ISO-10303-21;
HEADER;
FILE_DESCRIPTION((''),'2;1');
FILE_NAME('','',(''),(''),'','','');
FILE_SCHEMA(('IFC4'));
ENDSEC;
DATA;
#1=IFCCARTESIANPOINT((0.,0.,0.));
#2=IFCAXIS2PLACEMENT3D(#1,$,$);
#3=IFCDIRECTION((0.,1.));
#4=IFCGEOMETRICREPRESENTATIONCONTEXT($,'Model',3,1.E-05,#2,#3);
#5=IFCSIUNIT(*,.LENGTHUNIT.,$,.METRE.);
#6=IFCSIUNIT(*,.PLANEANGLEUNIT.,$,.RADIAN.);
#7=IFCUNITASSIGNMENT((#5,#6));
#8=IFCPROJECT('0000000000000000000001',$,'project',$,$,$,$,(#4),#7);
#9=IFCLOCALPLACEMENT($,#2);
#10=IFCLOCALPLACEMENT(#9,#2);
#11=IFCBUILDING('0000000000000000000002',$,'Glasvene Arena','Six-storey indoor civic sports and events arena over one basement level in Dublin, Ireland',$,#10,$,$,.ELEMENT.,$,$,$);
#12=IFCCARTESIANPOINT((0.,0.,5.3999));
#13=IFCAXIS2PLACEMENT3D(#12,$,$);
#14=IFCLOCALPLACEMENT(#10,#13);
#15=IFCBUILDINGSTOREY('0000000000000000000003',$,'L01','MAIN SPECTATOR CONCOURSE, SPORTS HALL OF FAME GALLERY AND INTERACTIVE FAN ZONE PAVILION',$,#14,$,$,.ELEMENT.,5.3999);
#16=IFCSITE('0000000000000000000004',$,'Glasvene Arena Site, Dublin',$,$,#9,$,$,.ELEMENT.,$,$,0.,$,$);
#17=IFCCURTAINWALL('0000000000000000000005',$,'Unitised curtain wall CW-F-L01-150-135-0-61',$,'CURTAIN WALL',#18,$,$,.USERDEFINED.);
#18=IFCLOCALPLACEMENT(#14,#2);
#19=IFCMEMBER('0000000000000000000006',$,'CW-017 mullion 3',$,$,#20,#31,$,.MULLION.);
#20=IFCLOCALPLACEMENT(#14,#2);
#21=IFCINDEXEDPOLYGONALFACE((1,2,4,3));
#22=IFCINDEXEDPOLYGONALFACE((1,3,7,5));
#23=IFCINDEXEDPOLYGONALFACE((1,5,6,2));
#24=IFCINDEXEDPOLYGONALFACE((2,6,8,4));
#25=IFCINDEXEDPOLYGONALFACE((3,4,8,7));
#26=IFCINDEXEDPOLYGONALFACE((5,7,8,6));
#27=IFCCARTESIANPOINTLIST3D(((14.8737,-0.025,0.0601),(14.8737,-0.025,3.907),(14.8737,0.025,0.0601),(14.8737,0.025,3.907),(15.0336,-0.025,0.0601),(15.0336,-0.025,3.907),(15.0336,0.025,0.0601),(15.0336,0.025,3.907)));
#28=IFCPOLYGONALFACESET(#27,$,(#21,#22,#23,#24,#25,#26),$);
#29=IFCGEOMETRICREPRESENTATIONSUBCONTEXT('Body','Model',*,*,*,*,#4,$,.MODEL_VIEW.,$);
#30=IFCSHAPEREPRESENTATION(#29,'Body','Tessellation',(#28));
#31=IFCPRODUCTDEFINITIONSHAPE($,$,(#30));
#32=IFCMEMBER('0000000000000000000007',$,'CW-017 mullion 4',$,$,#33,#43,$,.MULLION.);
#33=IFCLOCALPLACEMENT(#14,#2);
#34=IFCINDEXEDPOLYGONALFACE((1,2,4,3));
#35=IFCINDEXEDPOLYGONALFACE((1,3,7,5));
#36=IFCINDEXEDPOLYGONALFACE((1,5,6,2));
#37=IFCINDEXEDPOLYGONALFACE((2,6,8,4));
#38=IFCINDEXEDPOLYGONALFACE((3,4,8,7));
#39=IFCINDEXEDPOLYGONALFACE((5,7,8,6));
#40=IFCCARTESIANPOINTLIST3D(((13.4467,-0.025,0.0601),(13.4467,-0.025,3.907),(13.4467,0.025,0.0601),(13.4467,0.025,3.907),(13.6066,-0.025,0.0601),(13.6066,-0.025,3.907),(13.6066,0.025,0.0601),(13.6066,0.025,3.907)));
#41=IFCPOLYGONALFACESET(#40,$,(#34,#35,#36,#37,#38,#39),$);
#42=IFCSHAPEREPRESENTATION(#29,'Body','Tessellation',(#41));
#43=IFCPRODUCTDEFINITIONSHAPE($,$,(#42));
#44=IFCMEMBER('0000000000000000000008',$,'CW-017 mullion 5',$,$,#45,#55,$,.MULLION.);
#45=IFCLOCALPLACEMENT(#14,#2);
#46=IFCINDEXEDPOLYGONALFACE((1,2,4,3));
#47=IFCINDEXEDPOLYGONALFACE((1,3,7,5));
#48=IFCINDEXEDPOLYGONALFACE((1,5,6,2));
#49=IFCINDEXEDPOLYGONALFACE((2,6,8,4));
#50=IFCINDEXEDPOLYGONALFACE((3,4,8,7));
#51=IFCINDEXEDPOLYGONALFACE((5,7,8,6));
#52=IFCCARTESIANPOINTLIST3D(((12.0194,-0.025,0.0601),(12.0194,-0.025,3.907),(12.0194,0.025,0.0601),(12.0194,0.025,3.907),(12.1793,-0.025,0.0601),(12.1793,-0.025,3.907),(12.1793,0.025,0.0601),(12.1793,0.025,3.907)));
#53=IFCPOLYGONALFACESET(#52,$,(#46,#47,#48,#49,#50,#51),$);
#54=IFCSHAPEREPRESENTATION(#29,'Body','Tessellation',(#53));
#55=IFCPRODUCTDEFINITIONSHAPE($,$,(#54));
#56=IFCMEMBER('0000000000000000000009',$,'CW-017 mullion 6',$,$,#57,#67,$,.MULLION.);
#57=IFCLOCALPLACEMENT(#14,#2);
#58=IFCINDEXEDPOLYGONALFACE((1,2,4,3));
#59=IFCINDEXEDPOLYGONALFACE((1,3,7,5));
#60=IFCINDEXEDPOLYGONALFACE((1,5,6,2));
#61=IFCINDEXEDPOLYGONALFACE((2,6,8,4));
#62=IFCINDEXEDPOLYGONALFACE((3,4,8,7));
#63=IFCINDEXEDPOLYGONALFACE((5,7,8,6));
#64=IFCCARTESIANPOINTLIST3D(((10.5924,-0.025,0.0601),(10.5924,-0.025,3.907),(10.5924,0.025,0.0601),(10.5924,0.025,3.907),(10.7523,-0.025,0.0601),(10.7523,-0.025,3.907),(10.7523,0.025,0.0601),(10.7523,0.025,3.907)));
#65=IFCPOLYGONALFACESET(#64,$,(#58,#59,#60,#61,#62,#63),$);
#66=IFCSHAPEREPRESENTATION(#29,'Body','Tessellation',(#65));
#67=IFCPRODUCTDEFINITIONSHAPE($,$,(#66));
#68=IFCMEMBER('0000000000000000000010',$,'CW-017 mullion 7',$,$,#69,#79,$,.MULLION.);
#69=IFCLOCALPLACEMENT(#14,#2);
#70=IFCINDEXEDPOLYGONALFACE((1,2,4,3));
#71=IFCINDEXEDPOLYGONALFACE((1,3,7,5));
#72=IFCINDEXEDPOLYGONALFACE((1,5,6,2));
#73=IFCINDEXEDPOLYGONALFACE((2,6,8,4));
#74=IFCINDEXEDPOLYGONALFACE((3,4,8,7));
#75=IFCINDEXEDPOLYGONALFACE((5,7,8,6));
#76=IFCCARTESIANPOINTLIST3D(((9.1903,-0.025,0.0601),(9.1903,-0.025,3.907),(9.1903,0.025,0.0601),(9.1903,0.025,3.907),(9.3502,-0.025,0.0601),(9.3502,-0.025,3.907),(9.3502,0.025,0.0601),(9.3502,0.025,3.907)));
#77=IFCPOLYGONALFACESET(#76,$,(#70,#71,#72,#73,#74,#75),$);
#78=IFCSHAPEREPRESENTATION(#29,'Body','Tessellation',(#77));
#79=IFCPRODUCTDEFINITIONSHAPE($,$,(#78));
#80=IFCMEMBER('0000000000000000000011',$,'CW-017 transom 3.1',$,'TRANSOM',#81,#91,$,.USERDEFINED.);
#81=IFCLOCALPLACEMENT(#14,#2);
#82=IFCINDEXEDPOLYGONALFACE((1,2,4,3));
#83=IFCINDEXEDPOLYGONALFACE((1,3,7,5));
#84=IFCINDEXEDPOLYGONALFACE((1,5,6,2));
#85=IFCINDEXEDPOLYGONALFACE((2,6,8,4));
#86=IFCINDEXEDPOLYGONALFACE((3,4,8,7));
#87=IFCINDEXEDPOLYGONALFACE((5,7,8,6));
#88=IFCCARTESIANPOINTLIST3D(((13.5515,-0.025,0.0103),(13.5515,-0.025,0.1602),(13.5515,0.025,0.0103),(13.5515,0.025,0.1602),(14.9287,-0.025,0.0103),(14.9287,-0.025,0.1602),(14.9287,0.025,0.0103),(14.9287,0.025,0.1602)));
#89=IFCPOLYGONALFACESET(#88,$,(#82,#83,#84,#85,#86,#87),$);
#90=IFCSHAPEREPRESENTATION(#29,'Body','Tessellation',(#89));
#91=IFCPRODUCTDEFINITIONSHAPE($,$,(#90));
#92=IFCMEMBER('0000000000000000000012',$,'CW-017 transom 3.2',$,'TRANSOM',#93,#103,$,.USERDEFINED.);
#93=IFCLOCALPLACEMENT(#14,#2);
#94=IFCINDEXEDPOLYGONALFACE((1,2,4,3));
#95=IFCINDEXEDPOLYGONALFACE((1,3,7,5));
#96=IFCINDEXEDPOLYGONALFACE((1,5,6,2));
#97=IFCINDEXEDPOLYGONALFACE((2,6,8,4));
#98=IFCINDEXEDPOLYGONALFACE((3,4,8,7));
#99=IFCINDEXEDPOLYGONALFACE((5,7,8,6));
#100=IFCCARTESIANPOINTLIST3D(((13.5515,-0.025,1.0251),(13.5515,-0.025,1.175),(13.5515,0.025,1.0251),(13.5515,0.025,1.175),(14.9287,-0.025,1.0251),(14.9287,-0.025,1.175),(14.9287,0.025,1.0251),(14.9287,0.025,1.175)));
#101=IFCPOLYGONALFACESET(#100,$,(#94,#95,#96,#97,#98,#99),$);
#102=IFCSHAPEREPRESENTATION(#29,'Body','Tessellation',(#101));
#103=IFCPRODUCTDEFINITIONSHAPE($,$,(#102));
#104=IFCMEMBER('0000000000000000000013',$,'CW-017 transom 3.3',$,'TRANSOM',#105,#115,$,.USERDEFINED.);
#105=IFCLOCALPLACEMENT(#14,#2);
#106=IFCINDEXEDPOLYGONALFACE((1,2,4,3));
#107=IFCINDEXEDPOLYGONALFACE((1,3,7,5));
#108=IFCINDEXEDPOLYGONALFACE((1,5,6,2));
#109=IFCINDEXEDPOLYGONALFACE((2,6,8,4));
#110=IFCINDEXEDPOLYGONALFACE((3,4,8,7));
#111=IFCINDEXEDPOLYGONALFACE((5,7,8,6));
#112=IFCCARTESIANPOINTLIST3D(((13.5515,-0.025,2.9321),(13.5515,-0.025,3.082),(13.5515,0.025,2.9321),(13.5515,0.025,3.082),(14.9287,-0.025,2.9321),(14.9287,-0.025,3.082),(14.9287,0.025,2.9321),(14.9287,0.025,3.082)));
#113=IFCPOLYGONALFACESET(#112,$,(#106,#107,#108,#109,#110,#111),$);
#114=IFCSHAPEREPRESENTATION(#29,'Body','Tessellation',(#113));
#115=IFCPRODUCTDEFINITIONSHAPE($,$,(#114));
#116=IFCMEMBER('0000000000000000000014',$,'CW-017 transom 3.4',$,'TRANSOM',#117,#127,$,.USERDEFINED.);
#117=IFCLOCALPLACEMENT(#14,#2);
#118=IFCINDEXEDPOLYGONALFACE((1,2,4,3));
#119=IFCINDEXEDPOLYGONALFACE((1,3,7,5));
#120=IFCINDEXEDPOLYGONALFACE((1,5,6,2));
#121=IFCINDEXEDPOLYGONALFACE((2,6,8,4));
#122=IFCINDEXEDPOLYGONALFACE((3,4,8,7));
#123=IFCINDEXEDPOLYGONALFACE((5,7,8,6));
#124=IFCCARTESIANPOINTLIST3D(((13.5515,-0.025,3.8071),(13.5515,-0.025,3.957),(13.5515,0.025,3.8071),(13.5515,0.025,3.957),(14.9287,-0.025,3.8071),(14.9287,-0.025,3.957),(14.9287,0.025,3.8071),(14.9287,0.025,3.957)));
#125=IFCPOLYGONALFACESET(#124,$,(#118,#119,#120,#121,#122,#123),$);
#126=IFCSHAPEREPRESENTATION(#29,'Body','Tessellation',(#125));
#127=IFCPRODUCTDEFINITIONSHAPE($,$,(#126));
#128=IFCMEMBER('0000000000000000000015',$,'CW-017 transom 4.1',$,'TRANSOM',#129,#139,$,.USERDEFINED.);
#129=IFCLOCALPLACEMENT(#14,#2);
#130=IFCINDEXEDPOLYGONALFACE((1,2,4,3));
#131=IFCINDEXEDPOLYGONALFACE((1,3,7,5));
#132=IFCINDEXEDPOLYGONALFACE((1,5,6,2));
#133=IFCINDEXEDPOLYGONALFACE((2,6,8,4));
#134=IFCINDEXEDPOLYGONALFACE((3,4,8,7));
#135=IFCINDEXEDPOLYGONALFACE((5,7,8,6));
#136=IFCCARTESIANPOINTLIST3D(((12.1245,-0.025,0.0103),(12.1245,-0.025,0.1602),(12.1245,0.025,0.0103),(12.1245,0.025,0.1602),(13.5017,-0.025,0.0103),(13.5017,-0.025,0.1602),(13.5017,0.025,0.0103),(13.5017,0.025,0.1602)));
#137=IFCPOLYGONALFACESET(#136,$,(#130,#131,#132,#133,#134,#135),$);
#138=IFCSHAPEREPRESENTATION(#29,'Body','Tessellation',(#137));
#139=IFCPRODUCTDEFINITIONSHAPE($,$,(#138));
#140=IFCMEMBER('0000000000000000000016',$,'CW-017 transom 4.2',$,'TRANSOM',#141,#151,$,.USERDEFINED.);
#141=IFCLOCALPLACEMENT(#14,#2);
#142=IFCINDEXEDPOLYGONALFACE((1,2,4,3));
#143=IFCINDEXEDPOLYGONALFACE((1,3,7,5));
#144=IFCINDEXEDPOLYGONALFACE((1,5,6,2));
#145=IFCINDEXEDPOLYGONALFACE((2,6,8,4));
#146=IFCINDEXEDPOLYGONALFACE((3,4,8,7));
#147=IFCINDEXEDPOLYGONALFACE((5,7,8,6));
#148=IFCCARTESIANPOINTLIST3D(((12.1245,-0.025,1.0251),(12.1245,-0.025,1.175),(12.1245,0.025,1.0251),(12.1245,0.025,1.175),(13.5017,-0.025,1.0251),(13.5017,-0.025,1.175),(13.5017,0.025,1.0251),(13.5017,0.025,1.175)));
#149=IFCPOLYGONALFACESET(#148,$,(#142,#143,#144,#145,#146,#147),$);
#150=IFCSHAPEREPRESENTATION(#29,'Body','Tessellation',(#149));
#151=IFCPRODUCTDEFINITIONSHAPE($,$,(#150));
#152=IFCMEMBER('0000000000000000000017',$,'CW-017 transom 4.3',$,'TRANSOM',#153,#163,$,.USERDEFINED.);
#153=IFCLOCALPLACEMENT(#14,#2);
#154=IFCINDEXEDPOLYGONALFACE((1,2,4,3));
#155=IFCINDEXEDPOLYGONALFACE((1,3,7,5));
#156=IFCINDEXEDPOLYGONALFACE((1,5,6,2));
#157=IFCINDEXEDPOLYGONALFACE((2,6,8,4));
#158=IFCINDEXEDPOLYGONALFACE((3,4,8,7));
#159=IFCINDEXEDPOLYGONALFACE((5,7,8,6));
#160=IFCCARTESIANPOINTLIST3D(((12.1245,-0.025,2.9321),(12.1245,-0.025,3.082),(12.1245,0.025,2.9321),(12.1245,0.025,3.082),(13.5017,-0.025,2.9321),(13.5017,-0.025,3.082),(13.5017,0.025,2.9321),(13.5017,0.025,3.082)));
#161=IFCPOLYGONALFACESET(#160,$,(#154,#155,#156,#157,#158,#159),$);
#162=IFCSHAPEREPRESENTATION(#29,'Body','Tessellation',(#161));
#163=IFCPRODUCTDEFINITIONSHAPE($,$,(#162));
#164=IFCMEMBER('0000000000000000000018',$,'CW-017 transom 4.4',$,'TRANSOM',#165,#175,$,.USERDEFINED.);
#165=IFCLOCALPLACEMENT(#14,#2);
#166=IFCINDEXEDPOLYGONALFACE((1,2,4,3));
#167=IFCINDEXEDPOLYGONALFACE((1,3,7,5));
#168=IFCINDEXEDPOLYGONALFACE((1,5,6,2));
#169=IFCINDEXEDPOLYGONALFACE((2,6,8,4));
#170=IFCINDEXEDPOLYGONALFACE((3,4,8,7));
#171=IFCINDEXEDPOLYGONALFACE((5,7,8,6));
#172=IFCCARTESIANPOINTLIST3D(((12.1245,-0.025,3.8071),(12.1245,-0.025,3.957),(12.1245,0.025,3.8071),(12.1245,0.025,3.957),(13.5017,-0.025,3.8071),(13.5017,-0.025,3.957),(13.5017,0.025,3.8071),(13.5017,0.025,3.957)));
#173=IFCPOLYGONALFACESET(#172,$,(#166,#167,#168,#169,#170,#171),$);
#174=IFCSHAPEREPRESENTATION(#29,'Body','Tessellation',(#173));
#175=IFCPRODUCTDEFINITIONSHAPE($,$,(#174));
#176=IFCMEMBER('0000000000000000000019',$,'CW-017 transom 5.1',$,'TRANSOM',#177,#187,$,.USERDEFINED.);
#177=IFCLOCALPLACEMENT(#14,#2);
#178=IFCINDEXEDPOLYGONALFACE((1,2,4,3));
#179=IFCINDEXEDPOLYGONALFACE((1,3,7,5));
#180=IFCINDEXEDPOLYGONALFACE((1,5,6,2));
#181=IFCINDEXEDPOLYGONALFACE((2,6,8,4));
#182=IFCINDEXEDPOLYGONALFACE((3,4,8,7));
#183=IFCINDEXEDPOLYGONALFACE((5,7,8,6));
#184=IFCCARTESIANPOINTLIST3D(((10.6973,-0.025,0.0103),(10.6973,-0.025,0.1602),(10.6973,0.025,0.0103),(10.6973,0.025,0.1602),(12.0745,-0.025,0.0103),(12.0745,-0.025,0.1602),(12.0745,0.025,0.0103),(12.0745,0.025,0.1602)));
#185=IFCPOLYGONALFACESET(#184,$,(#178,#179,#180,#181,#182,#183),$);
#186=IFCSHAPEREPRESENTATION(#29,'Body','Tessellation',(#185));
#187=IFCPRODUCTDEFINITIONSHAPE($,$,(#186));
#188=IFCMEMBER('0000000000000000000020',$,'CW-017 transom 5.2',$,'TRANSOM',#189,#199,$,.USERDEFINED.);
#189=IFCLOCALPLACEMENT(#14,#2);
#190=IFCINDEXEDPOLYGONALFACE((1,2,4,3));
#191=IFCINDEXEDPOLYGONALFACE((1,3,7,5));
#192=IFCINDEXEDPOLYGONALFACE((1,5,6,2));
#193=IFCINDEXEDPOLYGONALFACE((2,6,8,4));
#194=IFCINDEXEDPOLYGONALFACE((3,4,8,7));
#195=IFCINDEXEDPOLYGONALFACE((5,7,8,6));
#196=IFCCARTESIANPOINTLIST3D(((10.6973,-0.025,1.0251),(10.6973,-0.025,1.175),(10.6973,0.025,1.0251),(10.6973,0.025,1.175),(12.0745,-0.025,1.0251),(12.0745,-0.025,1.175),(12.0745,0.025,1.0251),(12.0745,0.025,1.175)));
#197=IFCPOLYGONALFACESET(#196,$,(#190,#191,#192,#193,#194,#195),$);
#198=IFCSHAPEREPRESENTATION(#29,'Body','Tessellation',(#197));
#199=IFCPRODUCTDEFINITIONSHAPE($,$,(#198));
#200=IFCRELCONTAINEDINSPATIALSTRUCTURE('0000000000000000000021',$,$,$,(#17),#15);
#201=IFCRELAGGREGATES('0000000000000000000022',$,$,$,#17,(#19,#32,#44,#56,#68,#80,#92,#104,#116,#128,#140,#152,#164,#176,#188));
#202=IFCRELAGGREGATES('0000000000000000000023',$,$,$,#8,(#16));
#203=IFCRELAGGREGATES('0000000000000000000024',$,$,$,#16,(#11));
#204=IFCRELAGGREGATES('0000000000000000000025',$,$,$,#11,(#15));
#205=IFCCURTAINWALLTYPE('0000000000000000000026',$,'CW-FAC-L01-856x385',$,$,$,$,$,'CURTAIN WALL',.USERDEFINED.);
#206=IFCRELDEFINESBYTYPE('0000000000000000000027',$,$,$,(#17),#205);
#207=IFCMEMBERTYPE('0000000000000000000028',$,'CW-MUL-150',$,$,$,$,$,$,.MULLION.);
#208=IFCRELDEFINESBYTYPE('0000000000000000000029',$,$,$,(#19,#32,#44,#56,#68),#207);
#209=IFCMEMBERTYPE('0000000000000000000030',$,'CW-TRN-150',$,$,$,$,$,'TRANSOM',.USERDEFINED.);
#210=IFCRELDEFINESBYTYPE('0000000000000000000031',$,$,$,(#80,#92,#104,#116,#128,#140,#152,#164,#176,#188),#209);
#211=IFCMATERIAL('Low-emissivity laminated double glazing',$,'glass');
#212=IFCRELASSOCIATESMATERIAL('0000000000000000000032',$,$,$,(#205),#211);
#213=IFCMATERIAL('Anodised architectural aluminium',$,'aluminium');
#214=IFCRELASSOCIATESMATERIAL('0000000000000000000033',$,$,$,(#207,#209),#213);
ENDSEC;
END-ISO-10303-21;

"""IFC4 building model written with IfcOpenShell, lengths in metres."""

from ifc_helpers import new_model, si_unit, direction, frame, origin, origin_2d, place, context, subcontext, project, spatial, rectangle, extrude, material, material_profile, profile_set, type_object, element, aggregate, save


model = new_model("IFC4")

# Units and contexts
model_context = context("Model", 3, precision=1e-05, world=origin(), true_north=direction((0.0, 1.0)))
body_context = subcontext(model_context, "Body", "Model", "MODEL_VIEW")
ifc_project = project(units=[si_unit("LENGTHUNIT", "METRE"), si_unit("PLANEANGLEUNIT", "RADIAN")], contexts=[model_context])

# Site, building, storey
site_placement = place(None, origin())
site = spatial("IfcSite", under=ifc_project, at=site_placement, Name="Glasvene Arena Site, Dublin", CompositionType="ELEMENT", RefElevation=0.0)
building_placement = place(site_placement, origin())
building = spatial("IfcBuilding", under=site, at=building_placement, Name="Glasvene Arena", Description="Six-storey indoor civic sports and events arena over one basement level in Dublin, Ireland", CompositionType="ELEMENT")
storey_placement = place(building_placement, frame((0.0, 0.0, 5.3999)))
storey = spatial("IfcBuildingStorey", under=building, at=storey_placement, Name="L01", Description="MAIN SPECTATOR CONCOURSE, SPORTS HALL OF FAME GALLERY AND INTERACTIVE FAN ZONE PAVILION", CompositionType="ELEMENT", Elevation=5.3999)

# Curtain wall, members
ifc_material_1 = material(Name="Low-emissivity laminated double glazing", Category="glass")
curtain_wall_type = type_object("IfcCurtainWallType", Name="CW-FAC-L01-856x385", ElementType="CURTAIN WALL", PredefinedType="USERDEFINED", material=ifc_material_1)
curtain_wall_placement = place(storey_placement, frame((17.8081, 0.0, 0.0)))
curtain_wall = element("IfcCurtainWall", 1, at=curtain_wall_placement, inside=storey, type_object=curtain_wall_type, Name="Unitised curtain wall CW-F-L01-150-135-0-61", ObjectType="CURTAIN WALL", PredefinedType="USERDEFINED")
ifc_material_2 = material(Name="Anodised architectural aluminium", Category="aluminium")
ifc_material_profile_1 = material_profile(ifc_material_2, rectangle(XDim=0.05, YDim=0.1599, at=origin_2d()), Name="ALU MULLION 50x160")
ifc_profile_set_1 = profile_set([ifc_material_profile_1], Name="Anodised architectural aluminium")
member_type_1 = type_object("IfcMemberType", Name="CW-MUL-150", PredefinedType="MULLION", material=ifc_profile_set_1)
member_1_placement = place(storey_placement, frame((14.9536, 0.0, 0.0601), z_axis=(0.0, 0.0, 1.0), x_axis=(0.0, -1.0, 0.0)))
member_1 = element("IfcMember", 2, at=member_1_placement, type_object=member_type_1, Name="CW-017 mullion 3", PredefinedType="MULLION", context=body_context, shape_type="SweptSolid", body=[
    extrude(rectangle(XDim=0.05, YDim=0.1599, at=origin_2d()), origin(), (0.0, 0.0, 1.0), 3.8469),
])
member_2_placement = place(storey_placement, frame((13.5266, 0.0, 0.0601), z_axis=(0.0, 0.0, 1.0), x_axis=(0.0, -1.0, 0.0)))
member_2 = element("IfcMember", 3, at=member_2_placement, type_object=member_type_1, Name="CW-017 mullion 4", PredefinedType="MULLION", context=body_context, shape_type="SweptSolid", body=[
    extrude(rectangle(XDim=0.05, YDim=0.1599, at=origin_2d()), origin(), (0.0, 0.0, 1.0), 3.8469),
])
member_3_placement = place(storey_placement, frame((12.0994, 0.0, 0.0601), z_axis=(0.0, 0.0, 1.0), x_axis=(0.0, -1.0, 0.0)))
member_3 = element("IfcMember", 4, at=member_3_placement, type_object=member_type_1, Name="CW-017 mullion 5", PredefinedType="MULLION", context=body_context, shape_type="SweptSolid", body=[
    extrude(rectangle(XDim=0.05, YDim=0.1599, at=origin_2d()), origin(), (0.0, 0.0, 1.0), 3.8469),
])
member_4_placement = place(storey_placement, frame((10.6724, 0.0, 0.0601), z_axis=(0.0, 0.0, 1.0), x_axis=(0.0, -1.0, 0.0)))
member_4 = element("IfcMember", 5, at=member_4_placement, type_object=member_type_1, Name="CW-017 mullion 6", PredefinedType="MULLION", context=body_context, shape_type="SweptSolid", body=[
    extrude(rectangle(XDim=0.05, YDim=0.1599, at=origin_2d()), origin(), (0.0, 0.0, 1.0), 3.8469),
])
member_5_placement = place(storey_placement, frame((9.2703, 0.0, 0.0601), z_axis=(0.0, 0.0, 1.0), x_axis=(0.0, -1.0, 0.0)))
member_5 = element("IfcMember", 6, at=member_5_placement, type_object=member_type_1, Name="CW-017 mullion 7", PredefinedType="MULLION", context=body_context, shape_type="SweptSolid", body=[
    extrude(rectangle(XDim=0.05, YDim=0.1599, at=origin_2d()), origin(), (0.0, 0.0, 1.0), 3.8469),
])
ifc_material_profile_2 = material_profile(ifc_material_2, rectangle(XDim=0.05, YDim=0.1499, at=origin_2d()), Name="ALU TRANSOM 50x150")
ifc_profile_set_2 = profile_set([ifc_material_profile_2], Name="Anodised architectural aluminium")
member_type_2 = type_object("IfcMemberType", Name="CW-TRN-150", ElementType="TRANSOM", PredefinedType="USERDEFINED", material=ifc_profile_set_2)
member_6_placement = place(storey_placement, frame((14.9287, 0.0, 0.0852), z_axis=(-1.0, 0.0, 0.0), x_axis=(0.0, -1.0, 0.0)))
member_6 = element("IfcMember", 7, at=member_6_placement, type_object=member_type_2, Name="CW-017 transom 3.1", ObjectType="TRANSOM", PredefinedType="USERDEFINED", context=body_context, shape_type="SweptSolid", body=[
    extrude(rectangle(XDim=0.05, YDim=0.1499, at=origin_2d()), origin(), (0.0, 0.0, 1.0), 1.3772),
])
member_7_placement = place(storey_placement, frame((14.9287, 0.0, 1.1001), z_axis=(-1.0, 0.0, 0.0), x_axis=(0.0, -1.0, 0.0)))
member_7 = element("IfcMember", 8, at=member_7_placement, type_object=member_type_2, Name="CW-017 transom 3.2", ObjectType="TRANSOM", PredefinedType="USERDEFINED", context=body_context, shape_type="SweptSolid", body=[
    extrude(rectangle(XDim=0.05, YDim=0.1499, at=origin_2d()), origin(), (0.0, 0.0, 1.0), 1.3772),
])
member_8_placement = place(storey_placement, frame((14.9287, 0.0, 3.0071), z_axis=(-1.0, 0.0, 0.0), x_axis=(0.0, -1.0, 0.0)))
member_8 = element("IfcMember", 9, at=member_8_placement, type_object=member_type_2, Name="CW-017 transom 3.3", ObjectType="TRANSOM", PredefinedType="USERDEFINED", context=body_context, shape_type="SweptSolid", body=[
    extrude(rectangle(XDim=0.05, YDim=0.1499, at=origin_2d()), origin(), (0.0, 0.0, 1.0), 1.3772),
])
member_9_placement = place(storey_placement, frame((14.9287, 0.0, 3.8821), z_axis=(-1.0, 0.0, 0.0), x_axis=(0.0, -1.0, 0.0)))
member_9 = element("IfcMember", 10, at=member_9_placement, type_object=member_type_2, Name="CW-017 transom 3.4", ObjectType="TRANSOM", PredefinedType="USERDEFINED", context=body_context, shape_type="SweptSolid", body=[
    extrude(rectangle(XDim=0.05, YDim=0.1499, at=origin_2d()), origin(), (0.0, 0.0, 1.0), 1.3772),
])
member_10_placement = place(storey_placement, frame((13.5017, 0.0, 0.0852), z_axis=(-1.0, 0.0, 0.0), x_axis=(0.0, -1.0, 0.0)))
member_10 = element("IfcMember", 11, at=member_10_placement, type_object=member_type_2, Name="CW-017 transom 4.1", ObjectType="TRANSOM", PredefinedType="USERDEFINED", context=body_context, shape_type="SweptSolid", body=[
    extrude(rectangle(XDim=0.05, YDim=0.1499, at=origin_2d()), origin(), (0.0, 0.0, 1.0), 1.3772),
])
member_11_placement = place(storey_placement, frame((13.5017, 0.0, 1.1001), z_axis=(-1.0, 0.0, 0.0), x_axis=(0.0, -1.0, 0.0)))
member_11 = element("IfcMember", 12, at=member_11_placement, type_object=member_type_2, Name="CW-017 transom 4.2", ObjectType="TRANSOM", PredefinedType="USERDEFINED", context=body_context, shape_type="SweptSolid", body=[
    extrude(rectangle(XDim=0.05, YDim=0.1499, at=origin_2d()), origin(), (0.0, 0.0, 1.0), 1.3772),
])
member_12_placement = place(storey_placement, frame((13.5017, 0.0, 3.0071), z_axis=(-1.0, 0.0, 0.0), x_axis=(0.0, -1.0, 0.0)))
member_12 = element("IfcMember", 13, at=member_12_placement, type_object=member_type_2, Name="CW-017 transom 4.3", ObjectType="TRANSOM", PredefinedType="USERDEFINED", context=body_context, shape_type="SweptSolid", body=[
    extrude(rectangle(XDim=0.05, YDim=0.1499, at=origin_2d()), origin(), (0.0, 0.0, 1.0), 1.3772),
])
member_13_placement = place(storey_placement, frame((13.5017, 0.0, 3.8821), z_axis=(-1.0, 0.0, 0.0), x_axis=(0.0, -1.0, 0.0)))
member_13 = element("IfcMember", 14, at=member_13_placement, type_object=member_type_2, Name="CW-017 transom 4.4", ObjectType="TRANSOM", PredefinedType="USERDEFINED", context=body_context, shape_type="SweptSolid", body=[
    extrude(rectangle(XDim=0.05, YDim=0.1499, at=origin_2d()), origin(), (0.0, 0.0, 1.0), 1.3772),
])
member_14_placement = place(storey_placement, frame((12.0745, 0.0, 0.0852), z_axis=(-1.0, 0.0, 0.0), x_axis=(0.0, -1.0, 0.0)))
member_14 = element("IfcMember", 15, at=member_14_placement, type_object=member_type_2, Name="CW-017 transom 5.1", ObjectType="TRANSOM", PredefinedType="USERDEFINED", context=body_context, shape_type="SweptSolid", body=[
    extrude(rectangle(XDim=0.05, YDim=0.1499, at=origin_2d()), origin(), (0.0, 0.0, 1.0), 1.3772),
])
member_15_placement = place(storey_placement, frame((12.0745, 0.0, 1.1001), z_axis=(-1.0, 0.0, 0.0), x_axis=(0.0, -1.0, 0.0)))
member_15 = element("IfcMember", 16, at=member_15_placement, type_object=member_type_2, Name="CW-017 transom 5.2", ObjectType="TRANSOM", PredefinedType="USERDEFINED", context=body_context, shape_type="SweptSolid", body=[
    extrude(rectangle(XDim=0.05, YDim=0.1499, at=origin_2d()), origin(), (0.0, 0.0, 1.0), 1.3772),
])
aggregate(curtain_wall, [member_1, member_2, member_3, member_4, member_5, member_6, member_7, member_8, member_9, member_10, member_11, member_12, member_13, member_14, member_15])

save(model, "model.ifc")
